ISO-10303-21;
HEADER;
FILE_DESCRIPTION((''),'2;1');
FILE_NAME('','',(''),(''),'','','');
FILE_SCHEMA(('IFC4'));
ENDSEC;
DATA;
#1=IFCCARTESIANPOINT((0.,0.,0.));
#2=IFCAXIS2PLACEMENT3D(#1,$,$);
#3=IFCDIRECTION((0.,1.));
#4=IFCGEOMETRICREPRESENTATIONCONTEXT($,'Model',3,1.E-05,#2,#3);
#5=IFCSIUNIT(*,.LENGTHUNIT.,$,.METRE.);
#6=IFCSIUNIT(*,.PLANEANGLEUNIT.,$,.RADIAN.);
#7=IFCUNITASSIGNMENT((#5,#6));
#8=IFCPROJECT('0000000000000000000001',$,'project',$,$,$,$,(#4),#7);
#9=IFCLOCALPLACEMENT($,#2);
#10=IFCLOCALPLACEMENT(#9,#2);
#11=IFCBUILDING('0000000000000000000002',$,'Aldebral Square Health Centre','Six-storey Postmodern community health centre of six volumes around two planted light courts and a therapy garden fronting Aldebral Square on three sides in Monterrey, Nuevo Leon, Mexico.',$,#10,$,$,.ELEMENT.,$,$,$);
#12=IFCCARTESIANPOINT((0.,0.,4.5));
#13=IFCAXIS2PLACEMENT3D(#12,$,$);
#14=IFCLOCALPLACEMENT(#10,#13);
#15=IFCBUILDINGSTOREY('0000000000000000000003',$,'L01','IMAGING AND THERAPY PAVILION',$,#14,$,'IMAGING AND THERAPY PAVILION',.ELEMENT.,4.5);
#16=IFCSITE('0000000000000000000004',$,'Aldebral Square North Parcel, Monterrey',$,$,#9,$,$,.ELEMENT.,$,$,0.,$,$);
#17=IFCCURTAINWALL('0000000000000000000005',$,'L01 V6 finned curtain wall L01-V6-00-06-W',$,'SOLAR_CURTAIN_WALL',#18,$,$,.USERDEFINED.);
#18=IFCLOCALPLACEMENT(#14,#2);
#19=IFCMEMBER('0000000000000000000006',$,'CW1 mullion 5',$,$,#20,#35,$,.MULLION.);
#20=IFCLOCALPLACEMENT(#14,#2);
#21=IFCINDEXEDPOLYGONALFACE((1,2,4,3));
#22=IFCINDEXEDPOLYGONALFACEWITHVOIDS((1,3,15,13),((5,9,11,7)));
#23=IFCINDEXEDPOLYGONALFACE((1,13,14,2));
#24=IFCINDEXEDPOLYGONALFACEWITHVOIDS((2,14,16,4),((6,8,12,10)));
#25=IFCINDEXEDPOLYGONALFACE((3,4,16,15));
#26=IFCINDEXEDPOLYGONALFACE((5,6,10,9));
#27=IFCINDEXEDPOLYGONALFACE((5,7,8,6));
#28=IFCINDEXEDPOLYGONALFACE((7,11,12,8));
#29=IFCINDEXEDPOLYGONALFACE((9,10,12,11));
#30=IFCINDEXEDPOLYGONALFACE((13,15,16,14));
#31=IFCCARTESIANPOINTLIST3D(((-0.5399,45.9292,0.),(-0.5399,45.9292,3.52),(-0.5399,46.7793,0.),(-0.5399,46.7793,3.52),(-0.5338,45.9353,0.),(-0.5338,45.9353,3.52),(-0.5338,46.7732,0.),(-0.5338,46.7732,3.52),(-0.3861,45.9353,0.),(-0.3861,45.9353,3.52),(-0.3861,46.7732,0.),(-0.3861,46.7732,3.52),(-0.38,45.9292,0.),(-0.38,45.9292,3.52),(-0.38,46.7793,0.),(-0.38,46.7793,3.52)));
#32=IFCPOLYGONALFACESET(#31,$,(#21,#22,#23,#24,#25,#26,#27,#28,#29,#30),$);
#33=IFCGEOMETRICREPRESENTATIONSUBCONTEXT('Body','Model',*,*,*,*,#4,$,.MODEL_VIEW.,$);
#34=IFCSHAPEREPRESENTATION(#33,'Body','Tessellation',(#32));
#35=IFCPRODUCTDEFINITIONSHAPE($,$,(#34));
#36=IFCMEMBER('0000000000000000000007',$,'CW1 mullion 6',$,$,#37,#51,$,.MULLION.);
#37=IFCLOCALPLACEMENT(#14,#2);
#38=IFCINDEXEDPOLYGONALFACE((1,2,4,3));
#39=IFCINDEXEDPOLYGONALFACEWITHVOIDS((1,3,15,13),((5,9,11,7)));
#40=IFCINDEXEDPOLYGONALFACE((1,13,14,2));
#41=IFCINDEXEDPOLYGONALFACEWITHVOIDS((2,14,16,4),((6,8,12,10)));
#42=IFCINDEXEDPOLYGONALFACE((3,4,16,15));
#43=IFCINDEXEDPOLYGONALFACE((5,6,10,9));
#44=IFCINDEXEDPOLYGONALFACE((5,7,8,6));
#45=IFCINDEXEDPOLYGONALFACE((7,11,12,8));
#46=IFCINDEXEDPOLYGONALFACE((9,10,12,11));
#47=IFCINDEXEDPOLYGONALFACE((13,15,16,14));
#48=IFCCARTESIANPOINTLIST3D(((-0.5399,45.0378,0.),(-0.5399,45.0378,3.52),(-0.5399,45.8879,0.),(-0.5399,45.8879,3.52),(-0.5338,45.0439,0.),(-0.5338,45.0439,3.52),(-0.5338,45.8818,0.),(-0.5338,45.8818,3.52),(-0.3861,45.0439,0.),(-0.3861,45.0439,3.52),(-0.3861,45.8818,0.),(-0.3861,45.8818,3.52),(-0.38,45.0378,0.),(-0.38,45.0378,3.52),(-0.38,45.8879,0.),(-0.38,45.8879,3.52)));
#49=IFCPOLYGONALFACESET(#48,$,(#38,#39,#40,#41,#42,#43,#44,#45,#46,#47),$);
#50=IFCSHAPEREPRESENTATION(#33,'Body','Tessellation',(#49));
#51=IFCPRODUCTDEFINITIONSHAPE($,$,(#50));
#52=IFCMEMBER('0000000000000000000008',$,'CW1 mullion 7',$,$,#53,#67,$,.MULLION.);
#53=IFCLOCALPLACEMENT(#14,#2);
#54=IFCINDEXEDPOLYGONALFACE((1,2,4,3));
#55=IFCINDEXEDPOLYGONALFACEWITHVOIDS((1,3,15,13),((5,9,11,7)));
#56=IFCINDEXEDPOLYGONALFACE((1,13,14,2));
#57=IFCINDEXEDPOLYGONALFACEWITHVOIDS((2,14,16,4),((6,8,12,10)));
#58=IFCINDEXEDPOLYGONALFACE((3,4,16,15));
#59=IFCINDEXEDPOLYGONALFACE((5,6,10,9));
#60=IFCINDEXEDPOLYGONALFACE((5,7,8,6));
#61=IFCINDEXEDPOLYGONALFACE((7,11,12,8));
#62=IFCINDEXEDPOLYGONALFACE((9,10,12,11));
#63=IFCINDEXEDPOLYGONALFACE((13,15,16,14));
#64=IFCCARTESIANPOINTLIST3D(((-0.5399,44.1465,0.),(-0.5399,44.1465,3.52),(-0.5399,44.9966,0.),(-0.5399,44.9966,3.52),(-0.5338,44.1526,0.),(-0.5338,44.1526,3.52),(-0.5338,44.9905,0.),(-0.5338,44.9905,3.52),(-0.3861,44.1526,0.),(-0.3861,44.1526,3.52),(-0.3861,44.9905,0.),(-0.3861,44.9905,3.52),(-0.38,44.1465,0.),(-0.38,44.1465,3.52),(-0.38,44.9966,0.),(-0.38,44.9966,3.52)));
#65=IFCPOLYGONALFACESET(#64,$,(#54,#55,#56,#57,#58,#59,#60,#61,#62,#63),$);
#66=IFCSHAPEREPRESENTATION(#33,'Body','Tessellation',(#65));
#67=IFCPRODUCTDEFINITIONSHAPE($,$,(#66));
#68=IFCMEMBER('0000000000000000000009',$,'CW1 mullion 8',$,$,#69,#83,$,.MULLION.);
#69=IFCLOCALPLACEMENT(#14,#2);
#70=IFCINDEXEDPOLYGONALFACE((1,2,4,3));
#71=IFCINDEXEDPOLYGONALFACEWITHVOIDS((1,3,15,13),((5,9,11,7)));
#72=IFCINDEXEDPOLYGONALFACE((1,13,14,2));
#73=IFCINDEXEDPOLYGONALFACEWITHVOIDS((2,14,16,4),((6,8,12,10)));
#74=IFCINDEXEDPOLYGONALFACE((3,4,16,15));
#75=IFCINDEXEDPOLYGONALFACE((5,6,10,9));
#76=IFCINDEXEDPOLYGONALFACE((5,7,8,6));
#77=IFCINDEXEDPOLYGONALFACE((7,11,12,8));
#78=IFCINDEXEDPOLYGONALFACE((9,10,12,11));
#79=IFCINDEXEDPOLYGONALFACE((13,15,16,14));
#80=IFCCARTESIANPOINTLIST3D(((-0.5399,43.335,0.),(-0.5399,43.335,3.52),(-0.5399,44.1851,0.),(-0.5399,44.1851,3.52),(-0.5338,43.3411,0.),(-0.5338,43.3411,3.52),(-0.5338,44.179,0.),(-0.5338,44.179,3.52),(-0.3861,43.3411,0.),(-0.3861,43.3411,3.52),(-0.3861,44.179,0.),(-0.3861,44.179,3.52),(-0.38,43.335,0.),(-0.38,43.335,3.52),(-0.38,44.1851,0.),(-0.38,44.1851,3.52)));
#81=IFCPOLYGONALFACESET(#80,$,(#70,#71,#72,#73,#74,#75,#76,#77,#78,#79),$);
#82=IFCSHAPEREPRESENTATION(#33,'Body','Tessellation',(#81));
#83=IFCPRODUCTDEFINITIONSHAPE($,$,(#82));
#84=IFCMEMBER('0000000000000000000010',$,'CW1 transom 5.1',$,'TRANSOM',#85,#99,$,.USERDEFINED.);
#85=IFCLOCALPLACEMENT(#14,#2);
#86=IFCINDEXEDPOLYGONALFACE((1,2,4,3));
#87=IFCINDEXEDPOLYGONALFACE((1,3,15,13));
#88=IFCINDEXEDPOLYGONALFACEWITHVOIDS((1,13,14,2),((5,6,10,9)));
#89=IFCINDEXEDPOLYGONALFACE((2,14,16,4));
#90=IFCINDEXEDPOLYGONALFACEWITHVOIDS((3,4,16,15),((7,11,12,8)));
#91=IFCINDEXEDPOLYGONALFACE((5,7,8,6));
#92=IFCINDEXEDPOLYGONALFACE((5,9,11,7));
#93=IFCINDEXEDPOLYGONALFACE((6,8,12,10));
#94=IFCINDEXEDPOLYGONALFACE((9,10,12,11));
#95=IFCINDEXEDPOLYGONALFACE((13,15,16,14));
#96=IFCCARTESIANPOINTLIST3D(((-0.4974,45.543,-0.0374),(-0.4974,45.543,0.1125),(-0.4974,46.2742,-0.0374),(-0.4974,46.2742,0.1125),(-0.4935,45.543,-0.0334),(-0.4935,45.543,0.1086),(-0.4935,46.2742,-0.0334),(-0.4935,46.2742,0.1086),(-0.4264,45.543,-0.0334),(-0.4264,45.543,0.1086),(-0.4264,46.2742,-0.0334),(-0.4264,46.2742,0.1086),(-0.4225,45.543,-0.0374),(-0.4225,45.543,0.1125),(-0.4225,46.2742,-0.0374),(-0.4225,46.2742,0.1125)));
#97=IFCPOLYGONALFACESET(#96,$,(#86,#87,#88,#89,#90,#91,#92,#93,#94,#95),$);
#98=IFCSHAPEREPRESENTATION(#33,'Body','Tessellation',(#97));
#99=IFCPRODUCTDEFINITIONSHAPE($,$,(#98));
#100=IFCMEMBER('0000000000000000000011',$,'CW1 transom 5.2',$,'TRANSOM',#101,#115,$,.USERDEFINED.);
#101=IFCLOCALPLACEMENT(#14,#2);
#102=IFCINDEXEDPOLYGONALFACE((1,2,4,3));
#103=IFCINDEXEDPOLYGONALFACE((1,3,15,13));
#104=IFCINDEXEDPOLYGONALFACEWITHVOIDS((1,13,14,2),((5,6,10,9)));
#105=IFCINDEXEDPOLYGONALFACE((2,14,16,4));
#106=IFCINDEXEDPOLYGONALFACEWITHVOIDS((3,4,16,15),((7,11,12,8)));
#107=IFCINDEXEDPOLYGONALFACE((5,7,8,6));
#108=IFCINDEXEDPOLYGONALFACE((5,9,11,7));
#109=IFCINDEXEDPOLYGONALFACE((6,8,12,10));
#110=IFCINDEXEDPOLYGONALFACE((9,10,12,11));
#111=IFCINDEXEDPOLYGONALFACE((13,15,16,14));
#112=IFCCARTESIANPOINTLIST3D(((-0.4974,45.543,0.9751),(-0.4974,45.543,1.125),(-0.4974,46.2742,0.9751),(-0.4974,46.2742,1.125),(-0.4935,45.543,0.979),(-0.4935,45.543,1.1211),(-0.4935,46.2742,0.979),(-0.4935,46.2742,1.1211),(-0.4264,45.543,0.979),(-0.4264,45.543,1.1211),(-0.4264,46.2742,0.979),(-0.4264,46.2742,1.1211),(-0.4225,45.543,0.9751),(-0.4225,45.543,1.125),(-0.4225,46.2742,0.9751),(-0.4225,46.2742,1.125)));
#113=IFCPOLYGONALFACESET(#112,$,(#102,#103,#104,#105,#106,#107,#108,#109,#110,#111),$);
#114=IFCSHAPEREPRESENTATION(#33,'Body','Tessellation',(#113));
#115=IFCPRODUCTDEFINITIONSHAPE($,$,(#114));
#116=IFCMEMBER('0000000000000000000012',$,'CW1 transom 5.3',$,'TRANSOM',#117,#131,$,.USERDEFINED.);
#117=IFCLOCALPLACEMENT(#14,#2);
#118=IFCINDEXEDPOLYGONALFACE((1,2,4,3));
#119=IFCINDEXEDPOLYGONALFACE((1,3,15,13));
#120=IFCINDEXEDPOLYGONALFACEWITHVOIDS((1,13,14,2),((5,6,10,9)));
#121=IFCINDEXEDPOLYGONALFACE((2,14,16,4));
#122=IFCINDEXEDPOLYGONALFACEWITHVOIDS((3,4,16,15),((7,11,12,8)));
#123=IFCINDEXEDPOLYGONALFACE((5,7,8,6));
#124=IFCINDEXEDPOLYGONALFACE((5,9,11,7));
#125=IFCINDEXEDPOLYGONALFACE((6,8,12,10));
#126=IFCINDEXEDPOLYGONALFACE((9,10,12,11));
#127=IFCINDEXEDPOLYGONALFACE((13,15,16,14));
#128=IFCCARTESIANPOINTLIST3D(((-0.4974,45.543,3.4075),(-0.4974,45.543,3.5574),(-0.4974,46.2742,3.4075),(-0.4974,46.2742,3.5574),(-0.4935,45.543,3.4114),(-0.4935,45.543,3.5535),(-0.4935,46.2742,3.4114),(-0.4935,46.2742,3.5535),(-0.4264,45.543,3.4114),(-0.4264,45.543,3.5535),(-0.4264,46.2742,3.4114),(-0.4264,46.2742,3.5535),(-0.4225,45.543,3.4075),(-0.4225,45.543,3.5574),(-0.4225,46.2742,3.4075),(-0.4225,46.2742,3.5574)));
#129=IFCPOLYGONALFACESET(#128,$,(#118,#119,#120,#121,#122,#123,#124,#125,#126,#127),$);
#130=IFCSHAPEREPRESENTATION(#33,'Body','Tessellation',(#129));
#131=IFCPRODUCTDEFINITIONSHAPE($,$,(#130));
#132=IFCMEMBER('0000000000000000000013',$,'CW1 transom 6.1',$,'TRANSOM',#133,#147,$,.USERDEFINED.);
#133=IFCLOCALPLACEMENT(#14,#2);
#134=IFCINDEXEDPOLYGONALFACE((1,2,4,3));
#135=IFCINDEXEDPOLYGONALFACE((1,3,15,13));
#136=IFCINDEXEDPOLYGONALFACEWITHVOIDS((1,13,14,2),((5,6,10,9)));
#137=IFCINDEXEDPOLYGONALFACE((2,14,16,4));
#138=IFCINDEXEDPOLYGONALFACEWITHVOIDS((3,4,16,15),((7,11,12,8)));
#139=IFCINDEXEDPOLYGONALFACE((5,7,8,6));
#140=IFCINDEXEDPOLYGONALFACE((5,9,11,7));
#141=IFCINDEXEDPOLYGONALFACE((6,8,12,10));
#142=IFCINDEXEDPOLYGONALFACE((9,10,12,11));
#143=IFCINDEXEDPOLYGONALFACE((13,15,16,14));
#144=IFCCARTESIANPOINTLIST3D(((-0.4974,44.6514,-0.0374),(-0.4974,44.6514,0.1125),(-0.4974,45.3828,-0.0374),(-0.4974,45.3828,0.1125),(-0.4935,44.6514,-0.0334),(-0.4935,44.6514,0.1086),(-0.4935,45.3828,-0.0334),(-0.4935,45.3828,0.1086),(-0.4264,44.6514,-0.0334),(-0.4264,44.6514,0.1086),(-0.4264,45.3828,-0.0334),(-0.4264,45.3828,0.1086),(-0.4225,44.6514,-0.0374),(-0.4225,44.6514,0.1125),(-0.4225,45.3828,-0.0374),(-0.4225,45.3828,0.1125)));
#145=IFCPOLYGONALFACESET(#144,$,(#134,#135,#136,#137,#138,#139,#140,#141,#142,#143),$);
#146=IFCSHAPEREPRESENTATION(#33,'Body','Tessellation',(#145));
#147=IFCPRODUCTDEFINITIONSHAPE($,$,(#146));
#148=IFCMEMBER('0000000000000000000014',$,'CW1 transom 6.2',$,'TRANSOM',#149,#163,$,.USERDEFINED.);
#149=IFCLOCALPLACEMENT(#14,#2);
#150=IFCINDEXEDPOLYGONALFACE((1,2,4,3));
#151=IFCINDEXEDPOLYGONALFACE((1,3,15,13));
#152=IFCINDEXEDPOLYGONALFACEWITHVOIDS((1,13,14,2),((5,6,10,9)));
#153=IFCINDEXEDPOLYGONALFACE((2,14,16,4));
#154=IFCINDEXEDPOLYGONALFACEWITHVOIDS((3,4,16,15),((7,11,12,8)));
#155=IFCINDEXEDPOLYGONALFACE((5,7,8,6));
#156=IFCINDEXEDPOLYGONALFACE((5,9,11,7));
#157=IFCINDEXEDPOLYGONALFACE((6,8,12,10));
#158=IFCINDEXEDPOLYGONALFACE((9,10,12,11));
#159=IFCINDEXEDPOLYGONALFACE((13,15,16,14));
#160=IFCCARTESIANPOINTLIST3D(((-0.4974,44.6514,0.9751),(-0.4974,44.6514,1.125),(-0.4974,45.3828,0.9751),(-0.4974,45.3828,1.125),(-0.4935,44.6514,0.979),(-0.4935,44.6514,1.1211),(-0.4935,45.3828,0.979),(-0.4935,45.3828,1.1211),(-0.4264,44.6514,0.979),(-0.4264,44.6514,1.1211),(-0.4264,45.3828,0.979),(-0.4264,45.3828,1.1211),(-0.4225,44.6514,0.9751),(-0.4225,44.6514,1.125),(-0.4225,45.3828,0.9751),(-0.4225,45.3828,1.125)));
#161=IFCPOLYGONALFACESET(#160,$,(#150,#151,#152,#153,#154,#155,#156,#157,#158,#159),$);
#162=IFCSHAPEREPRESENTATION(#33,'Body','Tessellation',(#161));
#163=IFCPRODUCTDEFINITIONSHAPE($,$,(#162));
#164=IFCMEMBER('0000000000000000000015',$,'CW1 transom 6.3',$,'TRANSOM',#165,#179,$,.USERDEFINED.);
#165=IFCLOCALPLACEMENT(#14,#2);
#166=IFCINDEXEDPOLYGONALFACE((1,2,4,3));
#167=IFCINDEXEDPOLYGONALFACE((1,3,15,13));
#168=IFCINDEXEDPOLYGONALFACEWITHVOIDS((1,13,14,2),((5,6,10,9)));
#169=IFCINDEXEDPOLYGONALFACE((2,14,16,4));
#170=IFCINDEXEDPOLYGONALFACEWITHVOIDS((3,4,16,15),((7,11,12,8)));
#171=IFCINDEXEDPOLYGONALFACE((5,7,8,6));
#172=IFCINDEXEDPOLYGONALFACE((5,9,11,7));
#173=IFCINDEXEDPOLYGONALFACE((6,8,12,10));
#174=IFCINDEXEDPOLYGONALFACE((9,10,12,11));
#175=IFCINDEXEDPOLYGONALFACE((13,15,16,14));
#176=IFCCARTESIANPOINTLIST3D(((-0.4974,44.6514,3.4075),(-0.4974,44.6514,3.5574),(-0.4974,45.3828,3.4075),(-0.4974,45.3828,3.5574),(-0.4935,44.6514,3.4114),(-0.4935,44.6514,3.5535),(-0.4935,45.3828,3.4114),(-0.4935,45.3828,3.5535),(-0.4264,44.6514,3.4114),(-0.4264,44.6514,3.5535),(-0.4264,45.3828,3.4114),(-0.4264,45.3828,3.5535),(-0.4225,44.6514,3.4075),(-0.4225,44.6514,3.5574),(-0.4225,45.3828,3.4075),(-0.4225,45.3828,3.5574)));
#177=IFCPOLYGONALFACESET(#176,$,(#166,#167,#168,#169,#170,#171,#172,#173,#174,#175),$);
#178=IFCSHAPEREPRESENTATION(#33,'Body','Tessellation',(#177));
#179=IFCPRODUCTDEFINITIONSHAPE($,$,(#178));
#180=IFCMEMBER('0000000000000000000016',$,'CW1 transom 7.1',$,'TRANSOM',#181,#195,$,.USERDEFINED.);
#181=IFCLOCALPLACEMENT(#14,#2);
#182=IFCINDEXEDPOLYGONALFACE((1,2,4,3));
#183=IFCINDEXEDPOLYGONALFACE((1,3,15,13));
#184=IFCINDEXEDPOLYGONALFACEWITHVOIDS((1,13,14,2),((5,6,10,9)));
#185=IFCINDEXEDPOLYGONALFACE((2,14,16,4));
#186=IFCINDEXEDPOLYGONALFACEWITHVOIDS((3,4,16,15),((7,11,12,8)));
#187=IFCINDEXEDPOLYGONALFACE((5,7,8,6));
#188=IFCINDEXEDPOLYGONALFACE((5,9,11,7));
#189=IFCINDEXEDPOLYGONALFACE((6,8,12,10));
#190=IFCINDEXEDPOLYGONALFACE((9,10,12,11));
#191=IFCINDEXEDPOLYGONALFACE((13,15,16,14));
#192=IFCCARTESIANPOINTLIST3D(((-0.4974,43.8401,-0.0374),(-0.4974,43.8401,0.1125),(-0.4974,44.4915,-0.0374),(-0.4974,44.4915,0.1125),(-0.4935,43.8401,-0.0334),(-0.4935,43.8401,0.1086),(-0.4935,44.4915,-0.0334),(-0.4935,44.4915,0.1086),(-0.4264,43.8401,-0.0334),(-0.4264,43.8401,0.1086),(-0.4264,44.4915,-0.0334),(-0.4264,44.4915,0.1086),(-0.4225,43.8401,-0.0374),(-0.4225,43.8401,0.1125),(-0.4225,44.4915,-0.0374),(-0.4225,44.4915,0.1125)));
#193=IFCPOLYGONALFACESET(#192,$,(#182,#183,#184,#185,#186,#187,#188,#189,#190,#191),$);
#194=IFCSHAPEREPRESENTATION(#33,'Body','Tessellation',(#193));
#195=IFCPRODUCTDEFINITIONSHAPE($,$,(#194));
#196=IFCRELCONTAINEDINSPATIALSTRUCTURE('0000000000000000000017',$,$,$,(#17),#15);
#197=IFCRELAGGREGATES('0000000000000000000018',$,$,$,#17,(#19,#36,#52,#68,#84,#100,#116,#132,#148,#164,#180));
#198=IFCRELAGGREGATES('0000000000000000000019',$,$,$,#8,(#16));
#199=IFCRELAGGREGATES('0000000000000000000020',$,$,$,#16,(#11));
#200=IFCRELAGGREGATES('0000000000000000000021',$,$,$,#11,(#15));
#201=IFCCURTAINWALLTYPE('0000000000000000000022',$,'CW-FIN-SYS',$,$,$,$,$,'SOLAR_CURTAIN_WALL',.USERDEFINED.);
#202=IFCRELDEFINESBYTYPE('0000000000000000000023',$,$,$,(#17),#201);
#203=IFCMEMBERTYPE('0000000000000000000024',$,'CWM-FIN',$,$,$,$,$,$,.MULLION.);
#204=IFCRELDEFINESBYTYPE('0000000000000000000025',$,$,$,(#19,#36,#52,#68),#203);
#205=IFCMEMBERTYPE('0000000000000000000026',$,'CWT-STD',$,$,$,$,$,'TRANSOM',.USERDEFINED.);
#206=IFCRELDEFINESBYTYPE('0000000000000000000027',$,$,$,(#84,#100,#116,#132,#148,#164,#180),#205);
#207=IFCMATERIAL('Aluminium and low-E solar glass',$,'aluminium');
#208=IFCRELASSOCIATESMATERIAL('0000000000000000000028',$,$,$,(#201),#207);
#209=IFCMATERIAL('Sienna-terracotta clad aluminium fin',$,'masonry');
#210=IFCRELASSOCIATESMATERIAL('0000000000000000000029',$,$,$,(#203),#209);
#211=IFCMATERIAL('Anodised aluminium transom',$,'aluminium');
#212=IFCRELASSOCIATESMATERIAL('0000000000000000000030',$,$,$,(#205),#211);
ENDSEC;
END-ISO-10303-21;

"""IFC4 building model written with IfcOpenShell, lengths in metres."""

from ifc_helpers import new_model, si_unit, direction, frame, origin, origin_2d, place, context, subcontext, project, spatial, hollow_rectangle, extrude, material, material_profile, profile_set, type_object, element, aggregate, save


model = new_model("IFC4")

# Units and contexts
model_context = context("Model", 3, precision=1e-05, world=origin(), true_north=direction((0.0, 1.0)))
body_context = subcontext(model_context, "Body", "Model", "MODEL_VIEW")
ifc_project = project(units=[si_unit("LENGTHUNIT", "METRE"), si_unit("PLANEANGLEUNIT", "RADIAN")], contexts=[model_context])

# Site, building, storey
site_placement = place(None, origin())
site = spatial("IfcSite", under=ifc_project, at=site_placement, Name="Aldebral Square North Parcel, Monterrey", CompositionType="ELEMENT", RefElevation=0.0)
building_placement = place(site_placement, origin())
building = spatial("IfcBuilding", under=site, at=building_placement, Name="Aldebral Square Health Centre", Description="Six-storey Postmodern community health centre of six volumes around two planted light courts and a therapy garden fronting Aldebral Square on three sides in Monterrey, Nuevo Leon, Mexico.", CompositionType="ELEMENT")
storey_placement = place(building_placement, frame((0.0, 0.0, 4.5)))
storey = spatial("IfcBuildingStorey", under=building, at=storey_placement, Name="L01", Description="IMAGING AND THERAPY PAVILION", LongName="IMAGING AND THERAPY PAVILION", CompositionType="ELEMENT", Elevation=4.5)

# Curtain wall, members
ifc_material_1 = material(Name="Aluminium and low-E solar glass", Category="aluminium")
curtain_wall_type = type_object("IfcCurtainWallType", Name="CW-FIN-SYS", ElementType="SOLAR_CURTAIN_WALL", PredefinedType="USERDEFINED", material=ifc_material_1)
curtain_wall_placement = place(storey_placement, origin())
curtain_wall = element("IfcCurtainWall", 1, at=curtain_wall_placement, inside=storey, type_object=curtain_wall_type, Name="L01 V6 finned curtain wall L01-V6-00-06-W", ObjectType="SOLAR_CURTAIN_WALL", PredefinedType="USERDEFINED")
ifc_material_2 = material(Name="Sienna-terracotta clad aluminium fin", Category="masonry")
ifc_material_profile_1 = material_profile(ifc_material_2, hollow_rectangle(XDim=0.1599, YDim=0.8501, WallThickness=0.0061, at=origin_2d()), Name="FIN 160x850x6")
ifc_profile_set_1 = profile_set([ifc_material_profile_1], Name="Sienna-terracotta clad aluminium fin")
member_type_1 = type_object("IfcMemberType", Name="CWM-FIN", PredefinedType="MULLION", material=ifc_profile_set_1)
member_1_placement = place(storey_placement, frame((-0.46, 46.3542, 0.0), z_axis=(0.0, 0.0, 1.0), x_axis=(1.0, 0.0, 0.0)))
member_1 = element("IfcMember", 2, at=member_1_placement, type_object=member_type_1, Name="CW1 mullion 5", PredefinedType="MULLION", context=body_context, shape_type="SweptSolid", body=[
    extrude(hollow_rectangle(XDim=0.1599, YDim=0.8501, WallThickness=0.0061, at=origin_2d()), origin(), (0.0, 0.0, 1.0), 3.52),
])
member_2_placement = place(storey_placement, frame((-0.46, 45.4629, 0.0), z_axis=(0.0, 0.0, 1.0), x_axis=(1.0, 0.0, 0.0)))
member_2 = element("IfcMember", 3, at=member_2_placement, type_object=member_type_1, Name="CW1 mullion 6", PredefinedType="MULLION", context=body_context, shape_type="SweptSolid", body=[
    extrude(hollow_rectangle(XDim=0.1599, YDim=0.8501, WallThickness=0.0061, at=origin_2d()), origin(), (0.0, 0.0, 1.0), 3.52),
])
member_3_placement = place(storey_placement, frame((-0.46, 44.5715, 0.0), z_axis=(0.0, 0.0, 1.0), x_axis=(1.0, 0.0, 0.0)))
member_3 = element("IfcMember", 4, at=member_3_placement, type_object=member_type_1, Name="CW1 mullion 7", PredefinedType="MULLION", context=body_context, shape_type="SweptSolid", body=[
    extrude(hollow_rectangle(XDim=0.1599, YDim=0.8501, WallThickness=0.0061, at=origin_2d()), origin(), (0.0, 0.0, 1.0), 3.52),
])
member_4_placement = place(storey_placement, frame((-0.46, 43.76, 0.0), z_axis=(0.0, 0.0, 1.0), x_axis=(1.0, 0.0, 0.0)))
member_4 = element("IfcMember", 5, at=member_4_placement, type_object=member_type_1, Name="CW1 mullion 8", PredefinedType="MULLION", context=body_context, shape_type="SweptSolid", body=[
    extrude(hollow_rectangle(XDim=0.1599, YDim=0.8501, WallThickness=0.0061, at=origin_2d()), origin(), (0.0, 0.0, 1.0), 3.52),
])
ifc_material_3 = material(Name="Anodised aluminium transom", Category="aluminium")
ifc_material_profile_2 = material_profile(ifc_material_3, hollow_rectangle(XDim=0.075, YDim=0.1499, WallThickness=0.0039, at=origin_2d()), Name="CWT 75x150x4")
ifc_profile_set_2 = profile_set([ifc_material_profile_2], Name="Anodised aluminium transom")
member_type_2 = type_object("IfcMemberType", Name="CWT-STD", ElementType="TRANSOM", PredefinedType="USERDEFINED", material=ifc_profile_set_2)
member_5_placement = place(storey_placement, frame((-0.46, 46.2742, 0.0376), z_axis=(0.0, -1.0, 0.0), x_axis=(1.0, 0.0, 0.0)))
member_5 = element("IfcMember", 6, at=member_5_placement, type_object=member_type_2, Name="CW1 transom 5.1", ObjectType="TRANSOM", PredefinedType="USERDEFINED", context=body_context, shape_type="SweptSolid", body=[
    extrude(hollow_rectangle(XDim=0.075, YDim=0.1499, WallThickness=0.0039, at=origin_2d()), origin(), (0.0, 0.0, 1.0), 0.7312),
])
member_6_placement = place(storey_placement, frame((-0.46, 46.2742, 1.05), z_axis=(0.0, -1.0, 0.0), x_axis=(1.0, 0.0, 0.0)))
member_6 = element("IfcMember", 7, at=member_6_placement, type_object=member_type_2, Name="CW1 transom 5.2", ObjectType="TRANSOM", PredefinedType="USERDEFINED", context=body_context, shape_type="SweptSolid", body=[
    extrude(hollow_rectangle(XDim=0.075, YDim=0.1499, WallThickness=0.0039, at=origin_2d()), origin(), (0.0, 0.0, 1.0), 0.7312),
])
member_7_placement = place(storey_placement, frame((-0.46, 46.2742, 3.4824), z_axis=(0.0, -1.0, 0.0), x_axis=(1.0, 0.0, 0.0)))
member_7 = element("IfcMember", 8, at=member_7_placement, type_object=member_type_2, Name="CW1 transom 5.3", ObjectType="TRANSOM", PredefinedType="USERDEFINED", context=body_context, shape_type="SweptSolid", body=[
    extrude(hollow_rectangle(XDim=0.075, YDim=0.1499, WallThickness=0.0039, at=origin_2d()), origin(), (0.0, 0.0, 1.0), 0.7312),
])
member_8_placement = place(storey_placement, frame((-0.46, 45.3828, 0.0376), z_axis=(0.0, -1.0, 0.0), x_axis=(1.0, 0.0, 0.0)))
member_8 = element("IfcMember", 9, at=member_8_placement, type_object=member_type_2, Name="CW1 transom 6.1", ObjectType="TRANSOM", PredefinedType="USERDEFINED", context=body_context, shape_type="SweptSolid", body=[
    extrude(hollow_rectangle(XDim=0.075, YDim=0.1499, WallThickness=0.0039, at=origin_2d()), origin(), (0.0, 0.0, 1.0), 0.7314),
])
member_9_placement = place(storey_placement, frame((-0.46, 45.3828, 1.05), z_axis=(0.0, -1.0, 0.0), x_axis=(1.0, 0.0, 0.0)))
member_9 = element("IfcMember", 10, at=member_9_placement, type_object=member_type_2, Name="CW1 transom 6.2", ObjectType="TRANSOM", PredefinedType="USERDEFINED", context=body_context, shape_type="SweptSolid", body=[
    extrude(hollow_rectangle(XDim=0.075, YDim=0.1499, WallThickness=0.0039, at=origin_2d()), origin(), (0.0, 0.0, 1.0), 0.7314),
])
member_10_placement = place(storey_placement, frame((-0.46, 45.3828, 3.4824), z_axis=(0.0, -1.0, 0.0), x_axis=(1.0, 0.0, 0.0)))
member_10 = element("IfcMember", 11, at=member_10_placement, type_object=member_type_2, Name="CW1 transom 6.3", ObjectType="TRANSOM", PredefinedType="USERDEFINED", context=body_context, shape_type="SweptSolid", body=[
    extrude(hollow_rectangle(XDim=0.075, YDim=0.1499, WallThickness=0.0039, at=origin_2d()), origin(), (0.0, 0.0, 1.0), 0.7314),
])
member_11_placement = place(storey_placement, frame((-0.46, 44.4915, 0.0376), z_axis=(0.0, -1.0, 0.0), x_axis=(1.0, 0.0, 0.0)))
member_11 = element("IfcMember", 12, at=member_11_placement, type_object=member_type_2, Name="CW1 transom 7.1", ObjectType="TRANSOM", PredefinedType="USERDEFINED", context=body_context, shape_type="SweptSolid", body=[
    extrude(hollow_rectangle(XDim=0.075, YDim=0.1499, WallThickness=0.0039, at=origin_2d()), origin(), (0.0, 0.0, 1.0), 0.6514),
])
aggregate(curtain_wall, [member_1, member_2, member_3, member_4, member_5, member_6, member_7, member_8, member_9, member_10, member_11])

save(model, "model.ifc")
